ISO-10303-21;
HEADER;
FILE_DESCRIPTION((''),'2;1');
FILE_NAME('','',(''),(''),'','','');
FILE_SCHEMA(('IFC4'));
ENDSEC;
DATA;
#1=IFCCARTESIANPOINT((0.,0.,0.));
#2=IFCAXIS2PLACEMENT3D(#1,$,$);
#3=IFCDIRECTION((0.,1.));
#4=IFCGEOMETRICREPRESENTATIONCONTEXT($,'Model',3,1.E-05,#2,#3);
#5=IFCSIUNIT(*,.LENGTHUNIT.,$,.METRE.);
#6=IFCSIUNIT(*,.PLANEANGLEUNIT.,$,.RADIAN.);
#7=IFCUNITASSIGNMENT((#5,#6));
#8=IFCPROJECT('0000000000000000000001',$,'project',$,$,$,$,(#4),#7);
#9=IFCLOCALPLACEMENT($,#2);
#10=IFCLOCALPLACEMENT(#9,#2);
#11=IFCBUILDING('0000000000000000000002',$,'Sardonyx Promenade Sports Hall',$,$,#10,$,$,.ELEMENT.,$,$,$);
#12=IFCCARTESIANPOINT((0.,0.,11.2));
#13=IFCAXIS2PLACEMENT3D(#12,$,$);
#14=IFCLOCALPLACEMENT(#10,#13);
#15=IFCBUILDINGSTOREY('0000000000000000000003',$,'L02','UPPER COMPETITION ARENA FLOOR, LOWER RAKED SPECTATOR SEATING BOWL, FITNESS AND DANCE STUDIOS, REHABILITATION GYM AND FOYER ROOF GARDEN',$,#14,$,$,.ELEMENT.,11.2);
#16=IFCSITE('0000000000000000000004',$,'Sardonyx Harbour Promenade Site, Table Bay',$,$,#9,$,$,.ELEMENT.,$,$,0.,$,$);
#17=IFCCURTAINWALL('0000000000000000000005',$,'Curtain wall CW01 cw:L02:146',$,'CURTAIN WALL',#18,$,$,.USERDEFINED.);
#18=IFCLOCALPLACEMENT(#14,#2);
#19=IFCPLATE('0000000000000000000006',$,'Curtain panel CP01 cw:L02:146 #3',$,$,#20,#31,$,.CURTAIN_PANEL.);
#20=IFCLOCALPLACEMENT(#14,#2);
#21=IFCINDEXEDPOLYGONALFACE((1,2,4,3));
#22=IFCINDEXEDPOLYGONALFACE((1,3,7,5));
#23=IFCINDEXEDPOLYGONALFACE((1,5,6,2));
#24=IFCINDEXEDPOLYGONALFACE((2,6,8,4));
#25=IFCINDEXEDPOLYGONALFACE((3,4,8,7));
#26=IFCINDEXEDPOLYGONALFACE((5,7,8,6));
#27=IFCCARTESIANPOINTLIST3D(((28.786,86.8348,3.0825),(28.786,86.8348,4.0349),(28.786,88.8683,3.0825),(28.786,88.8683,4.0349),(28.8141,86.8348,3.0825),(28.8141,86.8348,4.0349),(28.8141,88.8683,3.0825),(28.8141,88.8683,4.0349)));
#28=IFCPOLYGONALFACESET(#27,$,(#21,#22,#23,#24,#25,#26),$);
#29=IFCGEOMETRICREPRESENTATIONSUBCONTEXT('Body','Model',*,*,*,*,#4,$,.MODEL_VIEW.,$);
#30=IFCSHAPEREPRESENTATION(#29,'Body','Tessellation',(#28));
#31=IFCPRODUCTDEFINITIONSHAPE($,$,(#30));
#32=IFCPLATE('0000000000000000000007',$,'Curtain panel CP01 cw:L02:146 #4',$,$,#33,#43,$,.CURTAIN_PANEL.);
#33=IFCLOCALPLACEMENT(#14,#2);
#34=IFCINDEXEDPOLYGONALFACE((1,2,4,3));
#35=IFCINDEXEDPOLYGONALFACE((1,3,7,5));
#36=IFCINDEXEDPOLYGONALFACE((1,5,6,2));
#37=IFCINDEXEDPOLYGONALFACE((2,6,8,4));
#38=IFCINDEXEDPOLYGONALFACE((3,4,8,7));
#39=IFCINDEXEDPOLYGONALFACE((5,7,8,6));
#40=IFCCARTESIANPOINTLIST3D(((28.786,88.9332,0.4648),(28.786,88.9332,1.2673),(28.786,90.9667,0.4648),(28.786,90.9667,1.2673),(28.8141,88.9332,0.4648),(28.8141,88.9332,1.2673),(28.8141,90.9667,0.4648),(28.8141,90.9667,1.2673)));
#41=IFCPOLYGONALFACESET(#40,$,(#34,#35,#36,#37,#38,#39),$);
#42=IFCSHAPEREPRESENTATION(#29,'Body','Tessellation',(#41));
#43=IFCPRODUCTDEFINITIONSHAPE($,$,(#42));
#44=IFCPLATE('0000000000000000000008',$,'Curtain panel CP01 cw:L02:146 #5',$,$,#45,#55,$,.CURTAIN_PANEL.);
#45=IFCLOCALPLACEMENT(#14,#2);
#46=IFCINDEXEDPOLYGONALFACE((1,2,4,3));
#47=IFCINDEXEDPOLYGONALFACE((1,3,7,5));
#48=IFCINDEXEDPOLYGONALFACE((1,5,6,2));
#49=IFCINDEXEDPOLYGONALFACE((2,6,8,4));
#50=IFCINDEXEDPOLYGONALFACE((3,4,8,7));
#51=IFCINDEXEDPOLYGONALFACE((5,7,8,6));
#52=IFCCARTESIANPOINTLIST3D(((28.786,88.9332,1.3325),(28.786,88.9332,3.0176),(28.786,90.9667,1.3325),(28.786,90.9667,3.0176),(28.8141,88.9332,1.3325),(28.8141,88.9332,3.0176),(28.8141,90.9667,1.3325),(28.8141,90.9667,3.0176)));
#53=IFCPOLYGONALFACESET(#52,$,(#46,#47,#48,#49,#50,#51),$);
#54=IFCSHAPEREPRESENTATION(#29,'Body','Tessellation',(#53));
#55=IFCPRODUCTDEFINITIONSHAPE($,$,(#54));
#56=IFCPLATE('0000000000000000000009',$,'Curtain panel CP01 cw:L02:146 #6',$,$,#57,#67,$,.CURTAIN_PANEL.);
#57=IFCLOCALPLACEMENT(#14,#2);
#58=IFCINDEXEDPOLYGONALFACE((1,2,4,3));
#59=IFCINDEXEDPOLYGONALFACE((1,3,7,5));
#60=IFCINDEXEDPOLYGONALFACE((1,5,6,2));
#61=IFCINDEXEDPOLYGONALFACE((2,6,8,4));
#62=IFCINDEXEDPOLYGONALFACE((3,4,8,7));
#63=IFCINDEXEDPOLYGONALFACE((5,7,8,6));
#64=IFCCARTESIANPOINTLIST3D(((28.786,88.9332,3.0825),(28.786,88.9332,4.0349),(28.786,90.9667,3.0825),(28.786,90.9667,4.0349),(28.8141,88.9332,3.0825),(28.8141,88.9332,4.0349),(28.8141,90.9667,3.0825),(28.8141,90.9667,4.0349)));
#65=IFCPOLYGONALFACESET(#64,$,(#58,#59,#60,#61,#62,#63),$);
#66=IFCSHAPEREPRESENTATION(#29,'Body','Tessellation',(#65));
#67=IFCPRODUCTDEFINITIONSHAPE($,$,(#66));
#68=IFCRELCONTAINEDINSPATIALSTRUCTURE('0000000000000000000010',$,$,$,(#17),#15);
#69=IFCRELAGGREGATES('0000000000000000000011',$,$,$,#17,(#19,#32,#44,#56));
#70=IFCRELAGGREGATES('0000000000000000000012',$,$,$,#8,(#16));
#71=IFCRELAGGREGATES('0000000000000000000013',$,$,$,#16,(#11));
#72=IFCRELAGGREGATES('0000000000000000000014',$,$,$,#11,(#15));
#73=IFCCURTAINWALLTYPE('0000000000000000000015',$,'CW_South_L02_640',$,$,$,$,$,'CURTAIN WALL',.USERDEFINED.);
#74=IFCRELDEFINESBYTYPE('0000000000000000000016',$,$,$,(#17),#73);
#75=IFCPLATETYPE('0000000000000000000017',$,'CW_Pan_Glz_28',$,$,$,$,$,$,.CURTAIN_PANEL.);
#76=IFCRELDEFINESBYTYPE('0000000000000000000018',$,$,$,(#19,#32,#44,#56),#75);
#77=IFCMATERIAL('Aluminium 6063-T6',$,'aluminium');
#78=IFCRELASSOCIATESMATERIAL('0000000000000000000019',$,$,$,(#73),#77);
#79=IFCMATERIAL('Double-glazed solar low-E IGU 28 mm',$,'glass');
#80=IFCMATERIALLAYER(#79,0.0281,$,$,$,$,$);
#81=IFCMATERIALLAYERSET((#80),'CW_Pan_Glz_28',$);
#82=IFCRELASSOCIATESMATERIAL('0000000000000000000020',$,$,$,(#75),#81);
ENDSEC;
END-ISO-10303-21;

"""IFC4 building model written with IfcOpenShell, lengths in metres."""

from ifc_helpers import new_model, si_unit, direction, frame, origin, origin_2d, place, context, subcontext, project, spatial, rectangle, extrude, material, layer, layer_set, type_object, element, aggregate, save


model = new_model("IFC4")

# Units and contexts
model_context = context("Model", 3, precision=1e-05, world=origin(), true_north=direction((0.0, 1.0)))
body_context = subcontext(model_context, "Body", "Model", "MODEL_VIEW")
ifc_project = project(units=[si_unit("LENGTHUNIT", "METRE"), si_unit("PLANEANGLEUNIT", "RADIAN")], contexts=[model_context])

# Site, building, storey
site_placement = place(None, origin())
site = spatial("IfcSite", under=ifc_project, at=site_placement, Name="Sardonyx Harbour Promenade Site, Table Bay", CompositionType="ELEMENT", RefElevation=0.0)
building_placement = place(site_placement, origin())
building = spatial("IfcBuilding", under=site, at=building_placement, Name="Sardonyx Promenade Sports Hall", CompositionType="ELEMENT")
storey_placement = place(building_placement, frame((0.0, 0.0, 11.2)))
storey = spatial("IfcBuildingStorey", under=building, at=storey_placement, Name="L02", Description="UPPER COMPETITION ARENA FLOOR, LOWER RAKED SPECTATOR SEATING BOWL, FITNESS AND DANCE STUDIOS, REHABILITATION GYM AND FOYER ROOF GARDEN", CompositionType="ELEMENT", Elevation=11.2)

# Curtain wall, plates
ifc_material_1 = material(Name="Aluminium 6063-T6", Category="aluminium")
curtain_wall_type = type_object("IfcCurtainWallType", Name="CW_South_L02_640", ElementType="CURTAIN WALL", PredefinedType="USERDEFINED", material=ifc_material_1)
curtain_wall_placement = place(storey_placement, origin())
curtain_wall = element("IfcCurtainWall", 1, at=curtain_wall_placement, inside=storey, type_object=curtain_wall_type, Name="Curtain wall CW01 cw:L02:146", ObjectType="CURTAIN WALL", PredefinedType="USERDEFINED")
ifc_material_2 = material(Name="Double-glazed solar low-E IGU 28 mm", Category="glass")
ifc_layer = layer(ifc_material_2, 0.0281)
ifc_layer_set = layer_set([ifc_layer], Name="CW_Pan_Glz_28")
plate_type = type_object("IfcPlateType", Name="CW_Pan_Glz_28", PredefinedType="CURTAIN_PANEL", material=ifc_layer_set)
plate_1_placement = place(storey_placement, frame((28.8, 87.8516, 3.0825), z_axis=(0.0, 0.0, 1.0), x_axis=(0.0, 1.0, 0.0)))
plate_1 = element("IfcPlate", 2, at=plate_1_placement, type_object=plate_type, Name="Curtain panel CP01 cw:L02:146 #3", PredefinedType="CURTAIN_PANEL", context=body_context, shape_type="SweptSolid", body=[
    extrude(rectangle(XDim=2.0334, YDim=0.0281, at=origin_2d()), origin(), (0.0, 0.0, 1.0), 0.9524),
])
plate_2_placement = place(storey_placement, frame((28.8, 89.95, 0.4648), z_axis=(0.0, 0.0, 1.0), x_axis=(0.0, 1.0, 0.0)))
plate_2 = element("IfcPlate", 3, at=plate_2_placement, type_object=plate_type, Name="Curtain panel CP01 cw:L02:146 #4", PredefinedType="CURTAIN_PANEL", context=body_context, shape_type="SweptSolid", body=[
    extrude(rectangle(XDim=2.0334, YDim=0.0281, at=origin_2d()), origin(), (0.0, 0.0, 1.0), 0.8025),
])
plate_3_placement = place(storey_placement, frame((28.8, 89.95, 1.3325), z_axis=(0.0, 0.0, 1.0), x_axis=(0.0, 1.0, 0.0)))
plate_3 = element("IfcPlate", 4, at=plate_3_placement, type_object=plate_type, Name="Curtain panel CP01 cw:L02:146 #5", PredefinedType="CURTAIN_PANEL", context=body_context, shape_type="SweptSolid", body=[
    extrude(rectangle(XDim=2.0334, YDim=0.0281, at=origin_2d()), origin(), (0.0, 0.0, 1.0), 1.6851),
])
plate_4_placement = place(storey_placement, frame((28.8, 89.95, 3.0825), z_axis=(0.0, 0.0, 1.0), x_axis=(0.0, 1.0, 0.0)))
plate_4 = element("IfcPlate", 5, at=plate_4_placement, type_object=plate_type, Name="Curtain panel CP01 cw:L02:146 #6", PredefinedType="CURTAIN_PANEL", context=body_context, shape_type="SweptSolid", body=[
    extrude(rectangle(XDim=2.0334, YDim=0.0281, at=origin_2d()), origin(), (0.0, 0.0, 1.0), 0.9524),
])
aggregate(curtain_wall, [plate_1, plate_2, plate_3, plate_4])

save(model, "model.ifc")
